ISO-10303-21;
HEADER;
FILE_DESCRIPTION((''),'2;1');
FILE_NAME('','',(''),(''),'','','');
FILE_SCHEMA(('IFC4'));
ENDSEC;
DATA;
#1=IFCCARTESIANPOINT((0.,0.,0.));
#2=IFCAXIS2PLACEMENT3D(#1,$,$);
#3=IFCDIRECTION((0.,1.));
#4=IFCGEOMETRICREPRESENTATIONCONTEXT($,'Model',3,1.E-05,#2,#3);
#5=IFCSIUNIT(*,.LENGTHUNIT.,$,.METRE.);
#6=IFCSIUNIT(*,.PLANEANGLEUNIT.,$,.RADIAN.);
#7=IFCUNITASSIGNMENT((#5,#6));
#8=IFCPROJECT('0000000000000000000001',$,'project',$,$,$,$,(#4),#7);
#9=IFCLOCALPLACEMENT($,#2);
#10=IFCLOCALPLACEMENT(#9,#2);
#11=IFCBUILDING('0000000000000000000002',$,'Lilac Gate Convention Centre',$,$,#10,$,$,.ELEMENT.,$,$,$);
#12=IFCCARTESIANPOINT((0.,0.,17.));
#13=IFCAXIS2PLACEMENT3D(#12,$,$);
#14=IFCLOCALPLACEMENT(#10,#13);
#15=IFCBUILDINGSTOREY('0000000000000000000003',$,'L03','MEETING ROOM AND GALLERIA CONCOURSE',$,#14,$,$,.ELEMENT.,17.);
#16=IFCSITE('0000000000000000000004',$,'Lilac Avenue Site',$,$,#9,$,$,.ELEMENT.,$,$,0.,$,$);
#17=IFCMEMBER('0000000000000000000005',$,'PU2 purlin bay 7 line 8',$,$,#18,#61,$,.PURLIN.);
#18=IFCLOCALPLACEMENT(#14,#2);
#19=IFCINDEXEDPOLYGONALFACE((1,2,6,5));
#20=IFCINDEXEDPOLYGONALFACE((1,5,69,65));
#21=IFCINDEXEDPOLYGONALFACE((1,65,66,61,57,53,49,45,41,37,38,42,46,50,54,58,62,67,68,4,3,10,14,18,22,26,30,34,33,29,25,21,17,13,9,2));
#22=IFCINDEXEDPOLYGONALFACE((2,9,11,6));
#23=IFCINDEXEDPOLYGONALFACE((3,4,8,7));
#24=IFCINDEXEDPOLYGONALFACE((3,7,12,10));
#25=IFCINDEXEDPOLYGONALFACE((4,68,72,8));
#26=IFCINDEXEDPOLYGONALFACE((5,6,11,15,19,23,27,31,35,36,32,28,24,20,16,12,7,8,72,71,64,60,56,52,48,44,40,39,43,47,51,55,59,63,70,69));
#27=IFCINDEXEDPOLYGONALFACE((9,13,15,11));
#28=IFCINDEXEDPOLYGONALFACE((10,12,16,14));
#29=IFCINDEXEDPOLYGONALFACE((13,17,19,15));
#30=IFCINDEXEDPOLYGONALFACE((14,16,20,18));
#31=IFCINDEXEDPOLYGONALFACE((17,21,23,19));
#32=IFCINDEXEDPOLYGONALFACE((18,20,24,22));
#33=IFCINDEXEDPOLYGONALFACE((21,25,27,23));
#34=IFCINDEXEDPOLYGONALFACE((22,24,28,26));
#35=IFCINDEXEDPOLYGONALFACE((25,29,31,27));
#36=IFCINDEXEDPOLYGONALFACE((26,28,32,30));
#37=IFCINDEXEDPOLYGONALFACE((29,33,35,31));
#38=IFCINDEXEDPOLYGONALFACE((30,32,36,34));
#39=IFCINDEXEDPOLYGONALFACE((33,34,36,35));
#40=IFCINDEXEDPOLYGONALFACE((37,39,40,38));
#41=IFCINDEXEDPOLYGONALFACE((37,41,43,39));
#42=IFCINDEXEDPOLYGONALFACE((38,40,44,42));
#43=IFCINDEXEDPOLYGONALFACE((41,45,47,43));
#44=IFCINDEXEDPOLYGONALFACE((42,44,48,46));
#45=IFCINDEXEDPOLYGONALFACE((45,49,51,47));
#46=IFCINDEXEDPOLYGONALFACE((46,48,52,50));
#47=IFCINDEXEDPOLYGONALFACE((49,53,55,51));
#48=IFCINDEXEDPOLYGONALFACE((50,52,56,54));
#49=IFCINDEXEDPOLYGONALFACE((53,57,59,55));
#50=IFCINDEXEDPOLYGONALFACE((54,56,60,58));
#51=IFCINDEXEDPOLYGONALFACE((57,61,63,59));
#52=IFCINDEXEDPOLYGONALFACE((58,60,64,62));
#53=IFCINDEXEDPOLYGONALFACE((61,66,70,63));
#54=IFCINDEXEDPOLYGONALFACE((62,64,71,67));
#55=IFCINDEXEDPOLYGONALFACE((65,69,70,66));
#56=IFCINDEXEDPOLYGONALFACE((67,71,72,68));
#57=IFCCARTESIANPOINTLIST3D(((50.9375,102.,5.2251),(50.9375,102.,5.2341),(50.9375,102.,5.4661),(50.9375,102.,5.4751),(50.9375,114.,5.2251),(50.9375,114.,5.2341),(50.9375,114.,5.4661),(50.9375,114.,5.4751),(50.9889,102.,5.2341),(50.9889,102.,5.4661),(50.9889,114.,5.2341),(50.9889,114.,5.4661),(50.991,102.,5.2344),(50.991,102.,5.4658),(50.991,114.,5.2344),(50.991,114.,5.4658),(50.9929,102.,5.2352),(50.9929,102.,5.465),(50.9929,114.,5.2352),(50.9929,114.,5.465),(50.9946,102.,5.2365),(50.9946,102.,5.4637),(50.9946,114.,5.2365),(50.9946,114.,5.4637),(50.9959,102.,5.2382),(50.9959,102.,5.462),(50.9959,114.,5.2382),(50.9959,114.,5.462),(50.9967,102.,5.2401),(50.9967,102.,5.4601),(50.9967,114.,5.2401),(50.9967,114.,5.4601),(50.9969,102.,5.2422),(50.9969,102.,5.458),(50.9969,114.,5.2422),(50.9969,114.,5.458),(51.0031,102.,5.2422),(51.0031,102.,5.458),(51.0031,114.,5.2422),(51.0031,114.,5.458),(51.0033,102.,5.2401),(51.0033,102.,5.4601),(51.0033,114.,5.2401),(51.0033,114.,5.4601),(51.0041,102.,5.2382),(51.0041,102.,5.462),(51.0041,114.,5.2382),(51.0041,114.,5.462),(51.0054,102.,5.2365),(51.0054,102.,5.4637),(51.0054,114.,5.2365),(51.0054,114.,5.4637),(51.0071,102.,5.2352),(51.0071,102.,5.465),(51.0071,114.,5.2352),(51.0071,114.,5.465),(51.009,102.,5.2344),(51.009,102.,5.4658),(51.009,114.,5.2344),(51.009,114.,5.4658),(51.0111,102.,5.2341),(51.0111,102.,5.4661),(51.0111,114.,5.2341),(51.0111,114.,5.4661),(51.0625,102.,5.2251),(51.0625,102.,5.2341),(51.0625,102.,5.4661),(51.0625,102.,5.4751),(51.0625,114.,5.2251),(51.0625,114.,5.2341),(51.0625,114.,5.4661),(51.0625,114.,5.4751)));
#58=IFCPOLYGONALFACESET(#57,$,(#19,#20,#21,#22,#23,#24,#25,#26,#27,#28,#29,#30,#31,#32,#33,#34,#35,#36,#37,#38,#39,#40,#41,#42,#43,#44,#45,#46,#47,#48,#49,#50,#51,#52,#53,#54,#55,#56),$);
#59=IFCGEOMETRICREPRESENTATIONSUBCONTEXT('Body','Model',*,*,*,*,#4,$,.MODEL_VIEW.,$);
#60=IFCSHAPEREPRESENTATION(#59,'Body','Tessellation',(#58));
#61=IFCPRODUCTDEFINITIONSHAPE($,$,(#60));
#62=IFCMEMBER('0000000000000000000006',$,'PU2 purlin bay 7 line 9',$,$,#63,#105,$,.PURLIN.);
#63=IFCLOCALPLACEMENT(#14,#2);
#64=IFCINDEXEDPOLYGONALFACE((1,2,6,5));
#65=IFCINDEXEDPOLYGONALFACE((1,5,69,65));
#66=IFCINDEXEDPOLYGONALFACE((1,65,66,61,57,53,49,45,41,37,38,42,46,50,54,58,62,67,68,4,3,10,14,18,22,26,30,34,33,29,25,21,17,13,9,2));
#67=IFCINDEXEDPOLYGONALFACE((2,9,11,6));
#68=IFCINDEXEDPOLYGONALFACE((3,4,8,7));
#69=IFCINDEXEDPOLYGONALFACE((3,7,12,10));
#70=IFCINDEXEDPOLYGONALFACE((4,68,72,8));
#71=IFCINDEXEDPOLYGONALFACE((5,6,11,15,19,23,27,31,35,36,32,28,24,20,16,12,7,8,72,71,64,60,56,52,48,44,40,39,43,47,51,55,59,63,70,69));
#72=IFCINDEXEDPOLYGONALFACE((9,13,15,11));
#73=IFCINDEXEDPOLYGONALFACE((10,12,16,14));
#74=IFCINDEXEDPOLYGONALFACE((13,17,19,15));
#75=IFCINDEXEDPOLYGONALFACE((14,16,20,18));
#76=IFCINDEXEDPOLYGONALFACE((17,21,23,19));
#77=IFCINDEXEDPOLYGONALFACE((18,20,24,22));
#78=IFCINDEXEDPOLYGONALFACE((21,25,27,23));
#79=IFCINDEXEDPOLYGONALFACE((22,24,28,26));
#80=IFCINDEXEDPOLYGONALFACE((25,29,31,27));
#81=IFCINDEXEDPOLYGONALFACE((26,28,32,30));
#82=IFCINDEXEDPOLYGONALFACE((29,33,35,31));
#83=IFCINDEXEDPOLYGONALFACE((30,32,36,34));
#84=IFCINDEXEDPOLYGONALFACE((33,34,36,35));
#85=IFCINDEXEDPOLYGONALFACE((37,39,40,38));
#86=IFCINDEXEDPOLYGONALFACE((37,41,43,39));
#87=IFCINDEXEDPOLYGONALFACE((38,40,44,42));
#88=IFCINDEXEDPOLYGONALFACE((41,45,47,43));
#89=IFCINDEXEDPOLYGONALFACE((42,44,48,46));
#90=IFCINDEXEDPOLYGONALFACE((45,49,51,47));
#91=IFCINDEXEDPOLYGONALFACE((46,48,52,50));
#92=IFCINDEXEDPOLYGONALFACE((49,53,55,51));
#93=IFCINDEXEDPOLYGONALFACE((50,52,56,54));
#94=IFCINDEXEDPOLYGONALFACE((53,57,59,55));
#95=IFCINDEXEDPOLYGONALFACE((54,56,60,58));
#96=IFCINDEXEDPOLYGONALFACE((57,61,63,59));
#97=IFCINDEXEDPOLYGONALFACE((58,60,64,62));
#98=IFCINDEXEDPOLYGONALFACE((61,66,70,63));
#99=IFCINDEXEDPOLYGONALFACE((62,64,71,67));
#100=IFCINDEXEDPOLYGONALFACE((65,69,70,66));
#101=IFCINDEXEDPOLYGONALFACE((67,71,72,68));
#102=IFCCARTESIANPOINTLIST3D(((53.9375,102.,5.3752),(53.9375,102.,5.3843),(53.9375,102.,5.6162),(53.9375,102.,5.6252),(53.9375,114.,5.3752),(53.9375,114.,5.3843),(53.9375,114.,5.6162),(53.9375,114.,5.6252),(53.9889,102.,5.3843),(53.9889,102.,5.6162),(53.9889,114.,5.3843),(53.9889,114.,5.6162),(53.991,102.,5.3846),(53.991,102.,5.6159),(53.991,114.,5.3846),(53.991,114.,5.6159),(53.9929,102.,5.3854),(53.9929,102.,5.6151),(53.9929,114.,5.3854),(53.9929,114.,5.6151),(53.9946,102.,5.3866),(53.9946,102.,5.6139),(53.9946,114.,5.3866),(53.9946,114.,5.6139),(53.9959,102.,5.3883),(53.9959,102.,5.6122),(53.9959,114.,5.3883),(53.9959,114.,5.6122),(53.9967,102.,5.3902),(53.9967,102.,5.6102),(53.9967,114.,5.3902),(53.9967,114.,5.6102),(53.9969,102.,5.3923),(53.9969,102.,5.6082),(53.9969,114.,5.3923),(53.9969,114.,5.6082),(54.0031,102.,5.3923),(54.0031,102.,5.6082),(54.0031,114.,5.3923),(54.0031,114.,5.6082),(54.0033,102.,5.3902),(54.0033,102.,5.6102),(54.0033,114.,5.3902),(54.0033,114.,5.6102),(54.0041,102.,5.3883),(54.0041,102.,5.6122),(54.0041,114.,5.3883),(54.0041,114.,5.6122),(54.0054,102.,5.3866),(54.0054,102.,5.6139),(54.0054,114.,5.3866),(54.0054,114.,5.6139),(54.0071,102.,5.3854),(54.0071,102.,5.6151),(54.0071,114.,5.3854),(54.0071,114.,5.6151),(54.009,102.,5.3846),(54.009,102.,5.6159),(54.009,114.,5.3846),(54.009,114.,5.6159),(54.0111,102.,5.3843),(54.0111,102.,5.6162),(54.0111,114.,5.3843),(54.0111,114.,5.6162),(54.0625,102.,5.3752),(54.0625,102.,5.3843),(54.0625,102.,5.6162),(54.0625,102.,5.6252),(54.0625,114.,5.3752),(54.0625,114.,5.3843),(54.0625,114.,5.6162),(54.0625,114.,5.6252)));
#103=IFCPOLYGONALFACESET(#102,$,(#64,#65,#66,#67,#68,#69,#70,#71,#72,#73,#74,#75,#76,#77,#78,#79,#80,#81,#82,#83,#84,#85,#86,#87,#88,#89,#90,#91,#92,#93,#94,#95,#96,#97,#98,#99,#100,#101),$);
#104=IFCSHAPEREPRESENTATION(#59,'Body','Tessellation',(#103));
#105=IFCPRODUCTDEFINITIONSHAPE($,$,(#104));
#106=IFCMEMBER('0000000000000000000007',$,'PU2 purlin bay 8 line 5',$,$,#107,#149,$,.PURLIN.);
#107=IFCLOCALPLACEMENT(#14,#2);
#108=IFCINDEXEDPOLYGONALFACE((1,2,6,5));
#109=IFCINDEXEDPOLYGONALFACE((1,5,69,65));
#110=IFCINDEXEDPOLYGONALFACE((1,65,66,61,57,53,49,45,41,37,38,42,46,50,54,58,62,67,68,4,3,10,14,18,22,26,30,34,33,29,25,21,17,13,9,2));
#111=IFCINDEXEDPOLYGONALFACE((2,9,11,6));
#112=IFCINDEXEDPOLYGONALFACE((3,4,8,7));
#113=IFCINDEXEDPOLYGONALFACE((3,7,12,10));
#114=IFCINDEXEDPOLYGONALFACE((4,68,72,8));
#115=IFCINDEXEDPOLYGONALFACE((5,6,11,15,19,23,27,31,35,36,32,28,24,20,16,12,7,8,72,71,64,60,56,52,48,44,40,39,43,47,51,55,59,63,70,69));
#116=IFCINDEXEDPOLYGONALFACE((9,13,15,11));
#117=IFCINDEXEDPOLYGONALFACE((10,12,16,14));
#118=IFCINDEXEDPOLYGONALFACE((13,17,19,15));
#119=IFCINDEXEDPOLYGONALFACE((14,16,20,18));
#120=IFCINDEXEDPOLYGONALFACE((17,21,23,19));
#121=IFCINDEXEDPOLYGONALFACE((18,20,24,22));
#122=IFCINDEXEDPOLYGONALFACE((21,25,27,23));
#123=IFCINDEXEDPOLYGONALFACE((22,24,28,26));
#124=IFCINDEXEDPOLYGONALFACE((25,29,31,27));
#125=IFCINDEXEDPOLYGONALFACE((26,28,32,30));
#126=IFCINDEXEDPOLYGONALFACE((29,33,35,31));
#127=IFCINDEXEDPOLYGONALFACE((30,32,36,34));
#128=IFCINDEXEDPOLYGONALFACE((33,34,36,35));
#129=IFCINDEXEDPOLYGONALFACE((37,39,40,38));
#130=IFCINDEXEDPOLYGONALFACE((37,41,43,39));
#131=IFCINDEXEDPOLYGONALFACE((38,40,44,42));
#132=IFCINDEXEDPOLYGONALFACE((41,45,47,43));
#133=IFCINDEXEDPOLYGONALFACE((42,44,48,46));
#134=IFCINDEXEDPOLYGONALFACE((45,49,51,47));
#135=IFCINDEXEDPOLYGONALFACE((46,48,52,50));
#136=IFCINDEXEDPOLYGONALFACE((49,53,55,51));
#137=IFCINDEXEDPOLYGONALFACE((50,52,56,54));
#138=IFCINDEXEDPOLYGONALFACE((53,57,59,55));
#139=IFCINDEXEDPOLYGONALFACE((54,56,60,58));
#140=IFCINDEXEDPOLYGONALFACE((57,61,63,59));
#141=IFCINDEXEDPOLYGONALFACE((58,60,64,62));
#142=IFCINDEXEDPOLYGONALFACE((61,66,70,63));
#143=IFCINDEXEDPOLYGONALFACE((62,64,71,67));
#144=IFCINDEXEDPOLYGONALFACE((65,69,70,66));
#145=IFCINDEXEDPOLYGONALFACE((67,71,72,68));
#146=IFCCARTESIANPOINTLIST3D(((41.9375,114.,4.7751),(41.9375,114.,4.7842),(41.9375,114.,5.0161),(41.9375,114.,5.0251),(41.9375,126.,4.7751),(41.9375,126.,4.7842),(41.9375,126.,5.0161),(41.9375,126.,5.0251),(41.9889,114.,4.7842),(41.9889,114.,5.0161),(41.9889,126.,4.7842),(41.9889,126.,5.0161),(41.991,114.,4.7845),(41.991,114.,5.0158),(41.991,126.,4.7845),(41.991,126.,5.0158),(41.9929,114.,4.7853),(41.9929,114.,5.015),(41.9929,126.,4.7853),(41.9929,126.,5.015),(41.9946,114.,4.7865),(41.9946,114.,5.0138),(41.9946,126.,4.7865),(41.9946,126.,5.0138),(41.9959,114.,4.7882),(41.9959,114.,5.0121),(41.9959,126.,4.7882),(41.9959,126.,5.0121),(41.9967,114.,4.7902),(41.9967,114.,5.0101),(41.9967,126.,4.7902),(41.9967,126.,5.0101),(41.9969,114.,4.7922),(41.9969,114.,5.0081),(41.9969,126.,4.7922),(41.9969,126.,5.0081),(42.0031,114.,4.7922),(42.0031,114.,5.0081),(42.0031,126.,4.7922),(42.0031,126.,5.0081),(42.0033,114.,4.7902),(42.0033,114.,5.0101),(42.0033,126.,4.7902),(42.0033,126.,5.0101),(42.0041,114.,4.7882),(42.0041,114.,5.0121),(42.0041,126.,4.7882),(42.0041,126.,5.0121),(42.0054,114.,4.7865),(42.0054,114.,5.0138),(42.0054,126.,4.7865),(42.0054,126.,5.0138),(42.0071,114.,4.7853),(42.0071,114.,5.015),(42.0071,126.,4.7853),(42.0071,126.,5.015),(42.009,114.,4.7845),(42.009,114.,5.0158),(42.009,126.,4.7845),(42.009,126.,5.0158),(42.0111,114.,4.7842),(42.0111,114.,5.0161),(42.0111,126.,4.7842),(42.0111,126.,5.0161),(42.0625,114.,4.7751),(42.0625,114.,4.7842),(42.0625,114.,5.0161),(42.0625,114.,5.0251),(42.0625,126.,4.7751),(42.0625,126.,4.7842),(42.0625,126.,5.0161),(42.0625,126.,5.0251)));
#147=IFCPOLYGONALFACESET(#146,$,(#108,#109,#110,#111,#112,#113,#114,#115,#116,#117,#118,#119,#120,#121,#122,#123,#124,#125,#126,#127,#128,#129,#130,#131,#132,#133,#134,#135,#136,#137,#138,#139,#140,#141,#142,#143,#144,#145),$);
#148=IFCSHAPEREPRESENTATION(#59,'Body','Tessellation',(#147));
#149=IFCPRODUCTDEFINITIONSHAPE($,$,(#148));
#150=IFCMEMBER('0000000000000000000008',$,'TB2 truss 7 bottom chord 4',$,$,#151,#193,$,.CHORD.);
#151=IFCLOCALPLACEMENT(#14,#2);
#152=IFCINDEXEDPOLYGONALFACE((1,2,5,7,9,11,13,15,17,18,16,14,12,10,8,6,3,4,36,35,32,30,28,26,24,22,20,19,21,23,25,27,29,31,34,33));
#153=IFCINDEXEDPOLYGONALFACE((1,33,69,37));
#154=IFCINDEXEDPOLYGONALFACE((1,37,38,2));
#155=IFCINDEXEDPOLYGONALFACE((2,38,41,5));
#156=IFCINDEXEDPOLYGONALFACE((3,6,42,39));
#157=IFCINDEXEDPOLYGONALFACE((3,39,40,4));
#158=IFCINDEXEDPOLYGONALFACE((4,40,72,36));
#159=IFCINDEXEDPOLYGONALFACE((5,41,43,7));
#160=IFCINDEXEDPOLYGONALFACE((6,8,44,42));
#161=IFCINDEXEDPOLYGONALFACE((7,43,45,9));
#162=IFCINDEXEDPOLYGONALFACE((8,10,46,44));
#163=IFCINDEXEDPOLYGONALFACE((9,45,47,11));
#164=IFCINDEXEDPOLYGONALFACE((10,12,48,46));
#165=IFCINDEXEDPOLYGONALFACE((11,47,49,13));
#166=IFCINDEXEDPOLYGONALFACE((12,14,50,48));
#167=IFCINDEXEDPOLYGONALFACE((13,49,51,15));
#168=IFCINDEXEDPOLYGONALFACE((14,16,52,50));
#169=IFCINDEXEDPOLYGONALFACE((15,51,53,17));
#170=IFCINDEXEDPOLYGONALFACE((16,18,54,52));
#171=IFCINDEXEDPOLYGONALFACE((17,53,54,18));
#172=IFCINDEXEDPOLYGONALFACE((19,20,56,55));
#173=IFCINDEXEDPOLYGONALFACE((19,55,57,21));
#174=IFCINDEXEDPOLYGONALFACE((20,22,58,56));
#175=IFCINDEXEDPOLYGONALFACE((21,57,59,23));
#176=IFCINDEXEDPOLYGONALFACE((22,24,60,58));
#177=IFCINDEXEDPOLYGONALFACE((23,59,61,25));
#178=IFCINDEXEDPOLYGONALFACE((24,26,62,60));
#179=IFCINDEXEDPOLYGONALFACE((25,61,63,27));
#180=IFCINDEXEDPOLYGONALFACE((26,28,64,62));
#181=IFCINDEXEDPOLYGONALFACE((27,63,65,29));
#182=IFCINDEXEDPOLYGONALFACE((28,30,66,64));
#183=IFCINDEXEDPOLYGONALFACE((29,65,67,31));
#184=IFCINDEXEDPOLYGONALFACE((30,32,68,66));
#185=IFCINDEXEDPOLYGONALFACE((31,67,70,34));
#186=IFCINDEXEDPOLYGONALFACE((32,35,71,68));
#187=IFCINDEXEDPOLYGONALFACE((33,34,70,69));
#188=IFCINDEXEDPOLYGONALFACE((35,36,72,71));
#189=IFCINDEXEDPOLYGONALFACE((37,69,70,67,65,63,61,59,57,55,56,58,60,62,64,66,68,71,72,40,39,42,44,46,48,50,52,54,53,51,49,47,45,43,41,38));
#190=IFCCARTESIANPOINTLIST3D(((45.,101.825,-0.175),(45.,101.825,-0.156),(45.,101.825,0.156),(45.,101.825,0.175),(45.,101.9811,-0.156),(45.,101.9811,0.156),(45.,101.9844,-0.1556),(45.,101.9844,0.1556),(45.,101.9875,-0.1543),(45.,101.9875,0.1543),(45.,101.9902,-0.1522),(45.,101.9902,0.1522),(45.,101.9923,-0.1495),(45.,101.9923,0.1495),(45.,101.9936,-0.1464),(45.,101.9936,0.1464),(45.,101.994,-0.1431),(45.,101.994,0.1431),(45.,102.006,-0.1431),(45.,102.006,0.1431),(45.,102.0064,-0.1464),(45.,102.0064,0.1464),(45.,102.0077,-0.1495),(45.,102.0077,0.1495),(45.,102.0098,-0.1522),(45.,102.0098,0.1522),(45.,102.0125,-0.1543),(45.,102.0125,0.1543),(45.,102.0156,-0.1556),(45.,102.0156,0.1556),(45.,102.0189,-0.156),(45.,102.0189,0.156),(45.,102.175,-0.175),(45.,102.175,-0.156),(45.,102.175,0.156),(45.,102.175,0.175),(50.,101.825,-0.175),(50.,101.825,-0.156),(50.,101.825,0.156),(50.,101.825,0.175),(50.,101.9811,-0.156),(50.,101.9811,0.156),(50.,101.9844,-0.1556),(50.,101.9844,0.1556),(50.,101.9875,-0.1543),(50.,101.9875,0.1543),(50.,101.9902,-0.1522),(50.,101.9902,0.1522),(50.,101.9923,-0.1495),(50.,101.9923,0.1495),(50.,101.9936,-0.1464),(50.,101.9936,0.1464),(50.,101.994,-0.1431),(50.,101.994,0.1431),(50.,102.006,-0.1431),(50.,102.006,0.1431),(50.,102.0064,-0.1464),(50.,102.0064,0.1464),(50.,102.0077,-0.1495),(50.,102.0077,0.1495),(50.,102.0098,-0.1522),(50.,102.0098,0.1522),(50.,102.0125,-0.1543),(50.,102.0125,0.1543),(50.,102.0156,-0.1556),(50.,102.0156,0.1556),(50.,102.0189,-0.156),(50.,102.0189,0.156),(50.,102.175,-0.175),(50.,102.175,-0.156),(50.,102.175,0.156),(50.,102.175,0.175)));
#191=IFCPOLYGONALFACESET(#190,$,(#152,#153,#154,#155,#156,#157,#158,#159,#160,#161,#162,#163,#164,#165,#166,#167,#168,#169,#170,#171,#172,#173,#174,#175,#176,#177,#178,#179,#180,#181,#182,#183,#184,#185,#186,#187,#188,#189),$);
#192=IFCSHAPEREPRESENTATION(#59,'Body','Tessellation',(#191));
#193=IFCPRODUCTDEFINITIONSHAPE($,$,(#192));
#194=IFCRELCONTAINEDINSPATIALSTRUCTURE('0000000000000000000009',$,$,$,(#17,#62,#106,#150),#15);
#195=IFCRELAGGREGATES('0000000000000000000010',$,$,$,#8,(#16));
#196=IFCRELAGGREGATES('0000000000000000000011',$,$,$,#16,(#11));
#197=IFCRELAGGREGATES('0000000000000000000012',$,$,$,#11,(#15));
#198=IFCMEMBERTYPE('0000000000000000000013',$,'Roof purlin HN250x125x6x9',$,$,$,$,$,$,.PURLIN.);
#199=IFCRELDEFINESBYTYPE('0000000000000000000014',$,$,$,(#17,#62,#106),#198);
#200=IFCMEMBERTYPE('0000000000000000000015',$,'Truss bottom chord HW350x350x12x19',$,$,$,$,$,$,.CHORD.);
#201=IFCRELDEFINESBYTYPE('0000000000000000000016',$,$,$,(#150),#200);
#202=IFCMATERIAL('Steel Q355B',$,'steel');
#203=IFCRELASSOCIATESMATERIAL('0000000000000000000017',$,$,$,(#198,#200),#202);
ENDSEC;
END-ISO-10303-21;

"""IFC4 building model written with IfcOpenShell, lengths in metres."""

from ifc_helpers import new_model, si_unit, direction, frame, origin, origin_2d, place, context, subcontext, project, spatial, i_section, extrude, material, material_profile, profile_set, type_object, element, save


model = new_model("IFC4")

# Units and contexts
model_context = context("Model", 3, precision=1e-05, world=origin(), true_north=direction((0.0, 1.0)))
body_context = subcontext(model_context, "Body", "Model", "MODEL_VIEW")
ifc_project = project(units=[si_unit("LENGTHUNIT", "METRE"), si_unit("PLANEANGLEUNIT", "RADIAN")], contexts=[model_context])

# Site, building, storey
site_placement = place(None, origin())
site = spatial("IfcSite", under=ifc_project, at=site_placement, Name="Lilac Avenue Site", CompositionType="ELEMENT", RefElevation=0.0)
building_placement = place(site_placement, origin())
building = spatial("IfcBuilding", under=site, at=building_placement, Name="Lilac Gate Convention Centre", CompositionType="ELEMENT")
storey_placement = place(building_placement, frame((0.0, 0.0, 17.0)))
storey = spatial("IfcBuildingStorey", under=building, at=storey_placement, Name="L03", Description="MEETING ROOM AND GALLERIA CONCOURSE", CompositionType="ELEMENT", Elevation=17.0)

# Members
ifc_material = material(Name="Steel Q355B", Category="steel")
ifc_material_profile_1 = material_profile(ifc_material, i_section(OverallWidth=0.125, OverallDepth=0.25, WebThickness=0.0061, FlangeThickness=0.009, FilletRadius=0.0081, at=origin_2d()), Name="HN250x125x6x9")
ifc_profile_set_1 = profile_set([ifc_material_profile_1], Name="Steel Q355B")
member_type_1 = type_object("IfcMemberType", Name="Roof purlin HN250x125x6x9", PredefinedType="PURLIN", material=ifc_profile_set_1)
for number, where, z_axis, x_axis, name in (
    (1, (51.0, 102.0, 5.3501), (0.0, 1.0, 0.0), (-1.0, 0.0, 0.0), "PU2 purlin bay 7 line 8"),
    (2, (54.0, 102.0, 5.5002), (0.0, 1.0, 0.0), (-1.0, 0.0, 0.0), "PU2 purlin bay 7 line 9"),
    (3, (42.0, 114.0, 4.9001), (0.0, 1.0, 0.0), (-1.0, 0.0, 0.0), "PU2 purlin bay 8 line 5"),
):
    element("IfcMember", number, at=place(storey_placement, frame(where, z_axis=z_axis, x_axis=x_axis)), inside=storey, type_object=member_type_1, Name=name, PredefinedType="PURLIN", context=body_context, shape_type="SweptSolid", body=[
        extrude(i_section(OverallWidth=0.125, OverallDepth=0.25, WebThickness=0.0061, FlangeThickness=0.009, FilletRadius=0.0081, at=origin_2d()), origin(), (0.0, 0.0, 1.0), 12.0),
    ])
ifc_material_profile_2 = material_profile(ifc_material, i_section(OverallWidth=0.3501, OverallDepth=0.3501, WebThickness=0.012, FlangeThickness=0.019, FilletRadius=0.0129, at=origin_2d()), Name="HW350x350x12x19")
ifc_profile_set_2 = profile_set([ifc_material_profile_2], Name="Steel Q355B")
member_type_2 = type_object("IfcMemberType", Name="Truss bottom chord HW350x350x12x19", PredefinedType="CHORD", material=ifc_profile_set_2)
for number, where, z_axis, x_axis, name in (
    (4, (45.0, 102.0, 0.0), (1.0, 0.0, 0.0), (0.0, 1.0, 0.0), "TB2 truss 7 bottom chord 4"),
):
    element("IfcMember", number, at=place(storey_placement, frame(where, z_axis=z_axis, x_axis=x_axis)), inside=storey, type_object=member_type_2, Name=name, PredefinedType="CHORD", context=body_context, shape_type="SweptSolid", body=[
        extrude(i_section(OverallWidth=0.3501, OverallDepth=0.3501, WebThickness=0.012, FlangeThickness=0.019, FilletRadius=0.0129, at=origin_2d()), origin(), (0.0, 0.0, 1.0), 5.0),
    ])

save(model, "model.ifc")
